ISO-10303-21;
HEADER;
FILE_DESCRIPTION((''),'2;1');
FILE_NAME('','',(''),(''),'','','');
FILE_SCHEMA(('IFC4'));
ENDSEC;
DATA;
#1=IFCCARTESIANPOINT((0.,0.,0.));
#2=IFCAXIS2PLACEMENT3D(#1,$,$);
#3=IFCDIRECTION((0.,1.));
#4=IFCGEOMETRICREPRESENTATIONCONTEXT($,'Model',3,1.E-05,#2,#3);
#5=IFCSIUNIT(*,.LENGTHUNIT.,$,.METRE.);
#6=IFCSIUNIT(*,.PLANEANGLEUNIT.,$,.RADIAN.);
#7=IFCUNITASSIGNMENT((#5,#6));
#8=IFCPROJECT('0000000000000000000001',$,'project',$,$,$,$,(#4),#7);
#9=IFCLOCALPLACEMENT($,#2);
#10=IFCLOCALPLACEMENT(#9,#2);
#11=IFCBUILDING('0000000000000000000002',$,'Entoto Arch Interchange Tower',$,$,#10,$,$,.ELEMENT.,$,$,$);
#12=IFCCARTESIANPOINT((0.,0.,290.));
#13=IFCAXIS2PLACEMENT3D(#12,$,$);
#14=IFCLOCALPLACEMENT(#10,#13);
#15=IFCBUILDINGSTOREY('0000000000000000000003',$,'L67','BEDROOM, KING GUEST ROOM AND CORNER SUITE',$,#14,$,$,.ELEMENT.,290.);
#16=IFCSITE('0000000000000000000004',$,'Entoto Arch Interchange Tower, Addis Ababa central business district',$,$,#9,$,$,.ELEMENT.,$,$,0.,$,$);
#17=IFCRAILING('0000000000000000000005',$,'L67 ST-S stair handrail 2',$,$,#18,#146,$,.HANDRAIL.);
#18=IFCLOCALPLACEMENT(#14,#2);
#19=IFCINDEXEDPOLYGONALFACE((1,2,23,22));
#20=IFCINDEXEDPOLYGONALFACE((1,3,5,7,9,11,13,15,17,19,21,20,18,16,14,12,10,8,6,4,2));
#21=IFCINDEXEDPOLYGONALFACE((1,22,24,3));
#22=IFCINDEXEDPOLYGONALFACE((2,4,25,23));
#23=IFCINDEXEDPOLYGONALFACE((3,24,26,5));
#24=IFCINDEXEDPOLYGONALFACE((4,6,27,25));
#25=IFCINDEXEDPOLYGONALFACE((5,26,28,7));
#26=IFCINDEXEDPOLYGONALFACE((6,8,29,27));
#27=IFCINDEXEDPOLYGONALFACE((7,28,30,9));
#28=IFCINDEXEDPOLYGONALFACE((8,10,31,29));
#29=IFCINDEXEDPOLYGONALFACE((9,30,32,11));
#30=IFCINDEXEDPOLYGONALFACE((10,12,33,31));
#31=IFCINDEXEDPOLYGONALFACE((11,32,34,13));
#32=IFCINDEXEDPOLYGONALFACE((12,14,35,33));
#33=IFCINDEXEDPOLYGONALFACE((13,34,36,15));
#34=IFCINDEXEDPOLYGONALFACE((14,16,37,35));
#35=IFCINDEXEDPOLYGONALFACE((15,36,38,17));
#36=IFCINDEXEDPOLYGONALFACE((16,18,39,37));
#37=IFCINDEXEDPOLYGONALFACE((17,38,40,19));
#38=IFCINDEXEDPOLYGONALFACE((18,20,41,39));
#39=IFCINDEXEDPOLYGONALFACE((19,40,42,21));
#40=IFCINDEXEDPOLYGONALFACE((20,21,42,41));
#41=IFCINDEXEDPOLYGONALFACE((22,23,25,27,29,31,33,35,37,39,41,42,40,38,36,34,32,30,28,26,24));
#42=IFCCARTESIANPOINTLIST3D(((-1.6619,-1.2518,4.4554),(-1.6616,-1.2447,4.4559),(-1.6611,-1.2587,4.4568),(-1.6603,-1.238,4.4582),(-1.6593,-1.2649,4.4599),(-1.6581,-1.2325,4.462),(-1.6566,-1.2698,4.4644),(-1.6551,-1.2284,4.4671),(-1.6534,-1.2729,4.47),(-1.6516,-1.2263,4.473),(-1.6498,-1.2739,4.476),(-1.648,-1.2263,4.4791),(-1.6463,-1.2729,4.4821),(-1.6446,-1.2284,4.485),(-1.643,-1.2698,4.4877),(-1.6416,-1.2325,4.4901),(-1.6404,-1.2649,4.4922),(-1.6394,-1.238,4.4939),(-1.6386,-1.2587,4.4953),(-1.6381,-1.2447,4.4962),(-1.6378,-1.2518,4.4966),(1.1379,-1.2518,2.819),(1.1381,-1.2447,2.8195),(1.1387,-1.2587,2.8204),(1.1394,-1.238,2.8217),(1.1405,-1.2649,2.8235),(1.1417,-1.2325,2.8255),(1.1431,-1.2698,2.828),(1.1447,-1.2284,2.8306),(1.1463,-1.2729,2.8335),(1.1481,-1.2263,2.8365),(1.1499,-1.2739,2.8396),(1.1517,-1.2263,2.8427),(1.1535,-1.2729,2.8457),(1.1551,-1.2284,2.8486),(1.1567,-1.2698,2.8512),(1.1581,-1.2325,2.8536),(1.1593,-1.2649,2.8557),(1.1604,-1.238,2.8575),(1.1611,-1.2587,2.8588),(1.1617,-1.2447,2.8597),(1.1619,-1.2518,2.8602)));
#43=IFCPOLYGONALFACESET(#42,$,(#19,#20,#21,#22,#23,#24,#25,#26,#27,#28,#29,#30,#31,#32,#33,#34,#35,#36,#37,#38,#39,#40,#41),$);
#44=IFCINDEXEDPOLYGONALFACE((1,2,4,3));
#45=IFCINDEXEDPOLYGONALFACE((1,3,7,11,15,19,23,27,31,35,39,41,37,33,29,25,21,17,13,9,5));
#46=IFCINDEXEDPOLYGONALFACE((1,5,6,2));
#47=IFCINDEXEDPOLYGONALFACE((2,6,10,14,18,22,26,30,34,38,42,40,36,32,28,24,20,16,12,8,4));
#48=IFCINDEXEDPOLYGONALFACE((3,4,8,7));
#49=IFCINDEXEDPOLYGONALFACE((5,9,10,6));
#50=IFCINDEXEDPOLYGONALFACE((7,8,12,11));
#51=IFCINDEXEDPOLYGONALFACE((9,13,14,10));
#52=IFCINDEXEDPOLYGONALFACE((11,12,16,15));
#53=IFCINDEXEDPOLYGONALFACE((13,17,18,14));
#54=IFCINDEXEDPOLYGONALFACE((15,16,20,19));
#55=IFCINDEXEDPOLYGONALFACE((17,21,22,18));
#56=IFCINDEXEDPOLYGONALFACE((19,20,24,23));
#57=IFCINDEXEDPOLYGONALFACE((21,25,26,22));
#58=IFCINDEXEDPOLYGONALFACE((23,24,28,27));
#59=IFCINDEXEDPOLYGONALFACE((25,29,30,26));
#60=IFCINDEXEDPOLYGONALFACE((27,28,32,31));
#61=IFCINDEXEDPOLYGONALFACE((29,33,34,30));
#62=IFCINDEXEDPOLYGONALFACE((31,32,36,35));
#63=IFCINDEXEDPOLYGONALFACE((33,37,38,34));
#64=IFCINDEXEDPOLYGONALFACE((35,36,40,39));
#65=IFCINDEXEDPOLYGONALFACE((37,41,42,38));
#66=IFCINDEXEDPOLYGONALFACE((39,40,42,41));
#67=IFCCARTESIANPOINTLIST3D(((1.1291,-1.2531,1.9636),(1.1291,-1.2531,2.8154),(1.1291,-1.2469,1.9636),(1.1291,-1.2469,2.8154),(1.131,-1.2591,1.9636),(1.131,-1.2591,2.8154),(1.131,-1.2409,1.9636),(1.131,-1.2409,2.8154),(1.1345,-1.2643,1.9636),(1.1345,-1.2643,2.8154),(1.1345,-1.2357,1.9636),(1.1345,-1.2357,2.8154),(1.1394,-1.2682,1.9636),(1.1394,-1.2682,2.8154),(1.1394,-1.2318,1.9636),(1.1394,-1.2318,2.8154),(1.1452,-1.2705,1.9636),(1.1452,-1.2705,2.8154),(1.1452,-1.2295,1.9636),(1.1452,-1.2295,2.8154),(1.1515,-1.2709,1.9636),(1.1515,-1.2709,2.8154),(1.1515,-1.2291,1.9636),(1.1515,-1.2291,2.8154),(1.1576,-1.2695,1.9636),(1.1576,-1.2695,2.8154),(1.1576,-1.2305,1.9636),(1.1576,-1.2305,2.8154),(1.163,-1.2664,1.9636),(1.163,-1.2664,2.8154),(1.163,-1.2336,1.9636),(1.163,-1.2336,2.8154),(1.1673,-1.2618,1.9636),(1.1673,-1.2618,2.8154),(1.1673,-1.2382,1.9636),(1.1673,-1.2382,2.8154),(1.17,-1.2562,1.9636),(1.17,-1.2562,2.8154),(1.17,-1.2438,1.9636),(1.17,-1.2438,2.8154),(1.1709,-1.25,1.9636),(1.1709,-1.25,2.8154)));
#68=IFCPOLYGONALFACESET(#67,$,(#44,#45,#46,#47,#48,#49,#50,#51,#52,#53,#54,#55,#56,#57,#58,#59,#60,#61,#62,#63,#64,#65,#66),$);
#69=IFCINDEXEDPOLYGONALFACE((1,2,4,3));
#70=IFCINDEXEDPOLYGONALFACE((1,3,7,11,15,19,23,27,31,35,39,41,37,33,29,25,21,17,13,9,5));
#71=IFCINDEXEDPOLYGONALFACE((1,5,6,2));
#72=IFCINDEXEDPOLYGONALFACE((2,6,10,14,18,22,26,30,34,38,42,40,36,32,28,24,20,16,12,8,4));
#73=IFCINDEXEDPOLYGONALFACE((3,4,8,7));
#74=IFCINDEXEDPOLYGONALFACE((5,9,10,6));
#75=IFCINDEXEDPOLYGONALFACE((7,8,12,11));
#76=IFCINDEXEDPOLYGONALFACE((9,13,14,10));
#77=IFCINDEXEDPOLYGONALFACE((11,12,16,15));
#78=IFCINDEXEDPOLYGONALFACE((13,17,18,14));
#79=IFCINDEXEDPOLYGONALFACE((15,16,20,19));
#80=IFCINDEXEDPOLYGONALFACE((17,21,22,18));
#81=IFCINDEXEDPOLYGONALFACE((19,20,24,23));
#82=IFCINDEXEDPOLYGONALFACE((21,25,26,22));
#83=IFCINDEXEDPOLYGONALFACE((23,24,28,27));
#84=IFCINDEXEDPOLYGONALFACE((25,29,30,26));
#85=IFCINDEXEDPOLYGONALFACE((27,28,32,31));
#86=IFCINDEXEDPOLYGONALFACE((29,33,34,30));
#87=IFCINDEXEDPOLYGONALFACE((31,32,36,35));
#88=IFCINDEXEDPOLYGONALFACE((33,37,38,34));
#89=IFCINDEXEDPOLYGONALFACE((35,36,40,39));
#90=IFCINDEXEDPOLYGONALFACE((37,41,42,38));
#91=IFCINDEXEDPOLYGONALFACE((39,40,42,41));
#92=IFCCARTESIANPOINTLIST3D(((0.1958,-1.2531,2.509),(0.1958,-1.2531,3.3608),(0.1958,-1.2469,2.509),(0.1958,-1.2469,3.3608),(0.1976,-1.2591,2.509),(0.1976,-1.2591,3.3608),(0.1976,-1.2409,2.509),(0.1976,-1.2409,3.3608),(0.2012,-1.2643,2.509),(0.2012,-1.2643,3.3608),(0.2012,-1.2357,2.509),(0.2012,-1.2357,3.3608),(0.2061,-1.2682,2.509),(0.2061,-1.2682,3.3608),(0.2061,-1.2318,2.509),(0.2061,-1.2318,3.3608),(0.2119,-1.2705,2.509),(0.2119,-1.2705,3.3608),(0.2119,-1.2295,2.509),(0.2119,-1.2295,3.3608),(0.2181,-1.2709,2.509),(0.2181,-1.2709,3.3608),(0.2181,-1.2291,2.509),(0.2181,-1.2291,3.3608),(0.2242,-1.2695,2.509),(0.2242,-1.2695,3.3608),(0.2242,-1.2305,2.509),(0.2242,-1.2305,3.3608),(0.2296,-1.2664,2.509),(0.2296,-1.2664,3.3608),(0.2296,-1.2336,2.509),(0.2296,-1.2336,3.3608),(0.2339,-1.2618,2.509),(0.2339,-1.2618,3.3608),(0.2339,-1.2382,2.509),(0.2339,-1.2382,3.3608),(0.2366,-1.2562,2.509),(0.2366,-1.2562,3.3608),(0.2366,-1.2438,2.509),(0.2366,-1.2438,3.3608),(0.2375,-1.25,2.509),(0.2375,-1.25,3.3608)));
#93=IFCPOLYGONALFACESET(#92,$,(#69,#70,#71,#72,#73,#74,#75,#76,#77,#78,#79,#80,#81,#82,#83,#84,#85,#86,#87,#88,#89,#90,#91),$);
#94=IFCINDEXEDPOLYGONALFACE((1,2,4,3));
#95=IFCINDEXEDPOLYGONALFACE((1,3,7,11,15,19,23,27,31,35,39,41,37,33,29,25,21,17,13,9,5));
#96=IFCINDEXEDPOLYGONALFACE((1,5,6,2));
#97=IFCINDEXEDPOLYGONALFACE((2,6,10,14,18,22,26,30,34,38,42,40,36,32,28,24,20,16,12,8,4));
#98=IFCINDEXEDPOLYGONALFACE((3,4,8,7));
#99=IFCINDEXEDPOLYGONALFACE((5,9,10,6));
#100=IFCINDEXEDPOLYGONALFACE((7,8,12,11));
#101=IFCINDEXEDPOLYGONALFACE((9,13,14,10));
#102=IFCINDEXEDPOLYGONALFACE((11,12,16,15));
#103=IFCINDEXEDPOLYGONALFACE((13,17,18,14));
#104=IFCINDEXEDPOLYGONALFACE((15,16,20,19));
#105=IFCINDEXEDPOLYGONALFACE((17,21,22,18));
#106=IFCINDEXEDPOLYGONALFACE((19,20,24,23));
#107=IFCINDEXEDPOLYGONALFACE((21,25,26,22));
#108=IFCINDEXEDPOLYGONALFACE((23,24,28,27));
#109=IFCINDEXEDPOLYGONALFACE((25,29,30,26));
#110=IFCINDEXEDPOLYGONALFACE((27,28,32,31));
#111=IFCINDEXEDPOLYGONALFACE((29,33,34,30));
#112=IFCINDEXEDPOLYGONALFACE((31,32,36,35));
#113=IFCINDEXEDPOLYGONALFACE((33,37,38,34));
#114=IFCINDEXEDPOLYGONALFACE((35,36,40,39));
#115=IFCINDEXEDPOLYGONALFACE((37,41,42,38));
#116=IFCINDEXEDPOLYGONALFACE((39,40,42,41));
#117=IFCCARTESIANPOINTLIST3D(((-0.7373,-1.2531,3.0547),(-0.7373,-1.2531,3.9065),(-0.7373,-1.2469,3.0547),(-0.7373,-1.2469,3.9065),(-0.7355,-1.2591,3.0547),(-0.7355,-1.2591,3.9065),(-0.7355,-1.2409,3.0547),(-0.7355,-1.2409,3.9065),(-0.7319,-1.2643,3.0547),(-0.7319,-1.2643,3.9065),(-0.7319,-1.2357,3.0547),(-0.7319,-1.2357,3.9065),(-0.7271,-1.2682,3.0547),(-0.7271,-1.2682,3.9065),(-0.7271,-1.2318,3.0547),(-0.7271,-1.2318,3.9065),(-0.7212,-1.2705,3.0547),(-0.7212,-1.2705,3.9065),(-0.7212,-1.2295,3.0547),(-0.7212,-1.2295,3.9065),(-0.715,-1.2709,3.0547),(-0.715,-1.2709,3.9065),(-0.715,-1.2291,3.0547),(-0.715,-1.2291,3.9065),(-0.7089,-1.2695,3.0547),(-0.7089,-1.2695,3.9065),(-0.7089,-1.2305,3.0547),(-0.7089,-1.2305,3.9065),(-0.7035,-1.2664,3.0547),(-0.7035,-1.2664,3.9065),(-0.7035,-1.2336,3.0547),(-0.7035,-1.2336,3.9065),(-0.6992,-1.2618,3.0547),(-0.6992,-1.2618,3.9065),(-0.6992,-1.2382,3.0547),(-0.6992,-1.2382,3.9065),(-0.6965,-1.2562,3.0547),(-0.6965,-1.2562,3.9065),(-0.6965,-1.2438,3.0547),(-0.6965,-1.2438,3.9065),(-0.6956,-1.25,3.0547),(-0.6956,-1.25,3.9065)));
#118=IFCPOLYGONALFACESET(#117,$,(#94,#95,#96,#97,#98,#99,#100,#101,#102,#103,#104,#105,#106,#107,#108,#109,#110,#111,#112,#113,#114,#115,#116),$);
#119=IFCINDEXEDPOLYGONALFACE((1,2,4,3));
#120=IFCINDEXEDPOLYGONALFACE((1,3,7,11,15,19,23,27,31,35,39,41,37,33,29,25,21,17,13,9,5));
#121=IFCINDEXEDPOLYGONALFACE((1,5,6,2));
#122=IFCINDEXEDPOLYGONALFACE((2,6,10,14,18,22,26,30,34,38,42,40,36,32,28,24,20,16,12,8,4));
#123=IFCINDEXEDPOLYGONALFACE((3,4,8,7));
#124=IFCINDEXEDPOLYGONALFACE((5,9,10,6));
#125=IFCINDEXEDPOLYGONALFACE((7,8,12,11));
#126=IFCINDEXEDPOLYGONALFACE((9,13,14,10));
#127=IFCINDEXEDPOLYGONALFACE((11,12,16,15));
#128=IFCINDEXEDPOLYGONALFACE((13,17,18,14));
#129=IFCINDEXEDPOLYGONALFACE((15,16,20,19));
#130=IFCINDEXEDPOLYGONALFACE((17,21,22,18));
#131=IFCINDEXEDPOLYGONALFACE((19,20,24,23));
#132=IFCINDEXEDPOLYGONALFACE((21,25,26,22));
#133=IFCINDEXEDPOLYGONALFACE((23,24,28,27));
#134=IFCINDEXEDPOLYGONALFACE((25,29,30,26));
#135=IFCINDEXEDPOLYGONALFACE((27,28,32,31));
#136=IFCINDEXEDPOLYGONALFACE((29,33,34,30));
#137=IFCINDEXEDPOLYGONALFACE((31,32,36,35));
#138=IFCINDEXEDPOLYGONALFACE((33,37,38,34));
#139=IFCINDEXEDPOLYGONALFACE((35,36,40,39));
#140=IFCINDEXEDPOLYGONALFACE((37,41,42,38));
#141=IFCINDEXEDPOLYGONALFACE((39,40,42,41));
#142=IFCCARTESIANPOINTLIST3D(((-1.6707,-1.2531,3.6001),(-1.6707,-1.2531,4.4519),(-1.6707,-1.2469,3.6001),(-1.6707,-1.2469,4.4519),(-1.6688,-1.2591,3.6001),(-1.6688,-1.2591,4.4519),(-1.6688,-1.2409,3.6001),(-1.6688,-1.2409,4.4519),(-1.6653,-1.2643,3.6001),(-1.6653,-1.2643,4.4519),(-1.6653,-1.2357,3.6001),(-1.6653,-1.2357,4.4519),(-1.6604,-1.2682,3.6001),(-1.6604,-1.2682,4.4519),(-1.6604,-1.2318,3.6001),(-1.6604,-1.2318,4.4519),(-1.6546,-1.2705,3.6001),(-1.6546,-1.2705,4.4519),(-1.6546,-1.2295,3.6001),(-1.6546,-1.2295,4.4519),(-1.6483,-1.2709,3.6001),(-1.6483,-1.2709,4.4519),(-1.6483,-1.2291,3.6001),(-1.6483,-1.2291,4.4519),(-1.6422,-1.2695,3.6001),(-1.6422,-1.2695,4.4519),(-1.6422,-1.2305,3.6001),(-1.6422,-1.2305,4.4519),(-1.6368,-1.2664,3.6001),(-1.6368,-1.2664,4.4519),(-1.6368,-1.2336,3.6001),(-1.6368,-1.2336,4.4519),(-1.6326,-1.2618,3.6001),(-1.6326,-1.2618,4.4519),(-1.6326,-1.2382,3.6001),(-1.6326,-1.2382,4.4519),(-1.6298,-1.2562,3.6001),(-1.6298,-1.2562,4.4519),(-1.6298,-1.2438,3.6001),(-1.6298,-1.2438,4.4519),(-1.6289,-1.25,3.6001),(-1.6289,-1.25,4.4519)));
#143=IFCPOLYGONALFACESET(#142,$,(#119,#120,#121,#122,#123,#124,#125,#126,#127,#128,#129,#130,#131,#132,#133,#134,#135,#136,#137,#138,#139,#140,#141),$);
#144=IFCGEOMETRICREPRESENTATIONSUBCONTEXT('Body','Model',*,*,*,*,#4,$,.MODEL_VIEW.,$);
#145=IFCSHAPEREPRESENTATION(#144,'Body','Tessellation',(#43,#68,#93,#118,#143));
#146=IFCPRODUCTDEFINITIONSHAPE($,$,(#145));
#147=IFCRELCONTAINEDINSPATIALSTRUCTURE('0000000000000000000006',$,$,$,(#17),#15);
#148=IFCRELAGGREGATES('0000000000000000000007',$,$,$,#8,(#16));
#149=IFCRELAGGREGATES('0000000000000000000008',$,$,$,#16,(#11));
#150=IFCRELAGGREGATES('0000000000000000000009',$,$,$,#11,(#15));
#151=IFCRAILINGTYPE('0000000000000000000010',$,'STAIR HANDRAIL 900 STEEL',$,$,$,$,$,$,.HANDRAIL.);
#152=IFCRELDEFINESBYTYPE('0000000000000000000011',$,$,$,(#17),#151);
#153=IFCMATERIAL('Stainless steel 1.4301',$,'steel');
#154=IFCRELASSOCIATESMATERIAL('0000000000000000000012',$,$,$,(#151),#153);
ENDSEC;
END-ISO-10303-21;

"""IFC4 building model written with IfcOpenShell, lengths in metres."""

from ifc_helpers import new_model, si_unit, direction, frame, origin, origin_2d, place, context, subcontext, project, spatial, circle, extrude, material, type_object, element, save


model = new_model("IFC4")

# Units and contexts
model_context = context("Model", 3, precision=1e-05, world=origin(), true_north=direction((0.0, 1.0)))
body_context = subcontext(model_context, "Body", "Model", "MODEL_VIEW")
ifc_project = project(units=[si_unit("LENGTHUNIT", "METRE"), si_unit("PLANEANGLEUNIT", "RADIAN")], contexts=[model_context])

# Site, building, storey
site_placement = place(None, origin())
site = spatial("IfcSite", under=ifc_project, at=site_placement, Name="Entoto Arch Interchange Tower, Addis Ababa central business district", CompositionType="ELEMENT", RefElevation=0.0)
building_placement = place(site_placement, origin())
building = spatial("IfcBuilding", under=site, at=building_placement, Name="Entoto Arch Interchange Tower", CompositionType="ELEMENT")
storey_placement = place(building_placement, frame((0.0, 0.0, 290.0)))
storey = spatial("IfcBuildingStorey", under=building, at=storey_placement, Name="L67", Description="BEDROOM, KING GUEST ROOM AND CORNER SUITE", CompositionType="ELEMENT", Elevation=290.0)

# Railing
ifc_material_1 = material(Name="Stainless steel 1.4301", Category="steel")
railing_type_1 = type_object("IfcRailingType", Name="STAIR HANDRAIL 900 STEEL", PredefinedType="HANDRAIL", material=ifc_material_1)
railing_1_placement = place(storey_placement, frame((1.1499, -1.25, 1.9636)))
element("IfcRailing", 1, at=railing_1_placement, inside=storey, type_object=railing_type_1, Name="L67 ST-S stair handrail 2", PredefinedType="HANDRAIL", context=body_context, shape_type="SweptSolid", body=[
    extrude(circle(Radius=0.0239, at=origin_2d()), frame((0.0, 0.0, 0.876), z_axis=(-0.863342, 0.0, 0.50462), x_axis=(0.0, -1.0, 0.0)), (0.0, 0.0, 1.0), 3.2429),
    extrude(circle(Radius=0.021, at=origin_2d()), origin(), (0.0, 0.0, 1.0), 0.8518),
    extrude(circle(Radius=0.021, at=origin_2d()), frame((-0.9333, 0.0, 0.5454)), (0.0, 0.0, 1.0), 0.8518),
    extrude(circle(Radius=0.021, at=origin_2d()), frame((-1.8665, 0.0, 1.0911)), (0.0, 0.0, 1.0), 0.8518),
    extrude(circle(Radius=0.021, at=origin_2d()), frame((-2.7998, 0.0, 1.6365)), (0.0, 0.0, 1.0), 0.8518),
])

save(model, "model.ifc")
